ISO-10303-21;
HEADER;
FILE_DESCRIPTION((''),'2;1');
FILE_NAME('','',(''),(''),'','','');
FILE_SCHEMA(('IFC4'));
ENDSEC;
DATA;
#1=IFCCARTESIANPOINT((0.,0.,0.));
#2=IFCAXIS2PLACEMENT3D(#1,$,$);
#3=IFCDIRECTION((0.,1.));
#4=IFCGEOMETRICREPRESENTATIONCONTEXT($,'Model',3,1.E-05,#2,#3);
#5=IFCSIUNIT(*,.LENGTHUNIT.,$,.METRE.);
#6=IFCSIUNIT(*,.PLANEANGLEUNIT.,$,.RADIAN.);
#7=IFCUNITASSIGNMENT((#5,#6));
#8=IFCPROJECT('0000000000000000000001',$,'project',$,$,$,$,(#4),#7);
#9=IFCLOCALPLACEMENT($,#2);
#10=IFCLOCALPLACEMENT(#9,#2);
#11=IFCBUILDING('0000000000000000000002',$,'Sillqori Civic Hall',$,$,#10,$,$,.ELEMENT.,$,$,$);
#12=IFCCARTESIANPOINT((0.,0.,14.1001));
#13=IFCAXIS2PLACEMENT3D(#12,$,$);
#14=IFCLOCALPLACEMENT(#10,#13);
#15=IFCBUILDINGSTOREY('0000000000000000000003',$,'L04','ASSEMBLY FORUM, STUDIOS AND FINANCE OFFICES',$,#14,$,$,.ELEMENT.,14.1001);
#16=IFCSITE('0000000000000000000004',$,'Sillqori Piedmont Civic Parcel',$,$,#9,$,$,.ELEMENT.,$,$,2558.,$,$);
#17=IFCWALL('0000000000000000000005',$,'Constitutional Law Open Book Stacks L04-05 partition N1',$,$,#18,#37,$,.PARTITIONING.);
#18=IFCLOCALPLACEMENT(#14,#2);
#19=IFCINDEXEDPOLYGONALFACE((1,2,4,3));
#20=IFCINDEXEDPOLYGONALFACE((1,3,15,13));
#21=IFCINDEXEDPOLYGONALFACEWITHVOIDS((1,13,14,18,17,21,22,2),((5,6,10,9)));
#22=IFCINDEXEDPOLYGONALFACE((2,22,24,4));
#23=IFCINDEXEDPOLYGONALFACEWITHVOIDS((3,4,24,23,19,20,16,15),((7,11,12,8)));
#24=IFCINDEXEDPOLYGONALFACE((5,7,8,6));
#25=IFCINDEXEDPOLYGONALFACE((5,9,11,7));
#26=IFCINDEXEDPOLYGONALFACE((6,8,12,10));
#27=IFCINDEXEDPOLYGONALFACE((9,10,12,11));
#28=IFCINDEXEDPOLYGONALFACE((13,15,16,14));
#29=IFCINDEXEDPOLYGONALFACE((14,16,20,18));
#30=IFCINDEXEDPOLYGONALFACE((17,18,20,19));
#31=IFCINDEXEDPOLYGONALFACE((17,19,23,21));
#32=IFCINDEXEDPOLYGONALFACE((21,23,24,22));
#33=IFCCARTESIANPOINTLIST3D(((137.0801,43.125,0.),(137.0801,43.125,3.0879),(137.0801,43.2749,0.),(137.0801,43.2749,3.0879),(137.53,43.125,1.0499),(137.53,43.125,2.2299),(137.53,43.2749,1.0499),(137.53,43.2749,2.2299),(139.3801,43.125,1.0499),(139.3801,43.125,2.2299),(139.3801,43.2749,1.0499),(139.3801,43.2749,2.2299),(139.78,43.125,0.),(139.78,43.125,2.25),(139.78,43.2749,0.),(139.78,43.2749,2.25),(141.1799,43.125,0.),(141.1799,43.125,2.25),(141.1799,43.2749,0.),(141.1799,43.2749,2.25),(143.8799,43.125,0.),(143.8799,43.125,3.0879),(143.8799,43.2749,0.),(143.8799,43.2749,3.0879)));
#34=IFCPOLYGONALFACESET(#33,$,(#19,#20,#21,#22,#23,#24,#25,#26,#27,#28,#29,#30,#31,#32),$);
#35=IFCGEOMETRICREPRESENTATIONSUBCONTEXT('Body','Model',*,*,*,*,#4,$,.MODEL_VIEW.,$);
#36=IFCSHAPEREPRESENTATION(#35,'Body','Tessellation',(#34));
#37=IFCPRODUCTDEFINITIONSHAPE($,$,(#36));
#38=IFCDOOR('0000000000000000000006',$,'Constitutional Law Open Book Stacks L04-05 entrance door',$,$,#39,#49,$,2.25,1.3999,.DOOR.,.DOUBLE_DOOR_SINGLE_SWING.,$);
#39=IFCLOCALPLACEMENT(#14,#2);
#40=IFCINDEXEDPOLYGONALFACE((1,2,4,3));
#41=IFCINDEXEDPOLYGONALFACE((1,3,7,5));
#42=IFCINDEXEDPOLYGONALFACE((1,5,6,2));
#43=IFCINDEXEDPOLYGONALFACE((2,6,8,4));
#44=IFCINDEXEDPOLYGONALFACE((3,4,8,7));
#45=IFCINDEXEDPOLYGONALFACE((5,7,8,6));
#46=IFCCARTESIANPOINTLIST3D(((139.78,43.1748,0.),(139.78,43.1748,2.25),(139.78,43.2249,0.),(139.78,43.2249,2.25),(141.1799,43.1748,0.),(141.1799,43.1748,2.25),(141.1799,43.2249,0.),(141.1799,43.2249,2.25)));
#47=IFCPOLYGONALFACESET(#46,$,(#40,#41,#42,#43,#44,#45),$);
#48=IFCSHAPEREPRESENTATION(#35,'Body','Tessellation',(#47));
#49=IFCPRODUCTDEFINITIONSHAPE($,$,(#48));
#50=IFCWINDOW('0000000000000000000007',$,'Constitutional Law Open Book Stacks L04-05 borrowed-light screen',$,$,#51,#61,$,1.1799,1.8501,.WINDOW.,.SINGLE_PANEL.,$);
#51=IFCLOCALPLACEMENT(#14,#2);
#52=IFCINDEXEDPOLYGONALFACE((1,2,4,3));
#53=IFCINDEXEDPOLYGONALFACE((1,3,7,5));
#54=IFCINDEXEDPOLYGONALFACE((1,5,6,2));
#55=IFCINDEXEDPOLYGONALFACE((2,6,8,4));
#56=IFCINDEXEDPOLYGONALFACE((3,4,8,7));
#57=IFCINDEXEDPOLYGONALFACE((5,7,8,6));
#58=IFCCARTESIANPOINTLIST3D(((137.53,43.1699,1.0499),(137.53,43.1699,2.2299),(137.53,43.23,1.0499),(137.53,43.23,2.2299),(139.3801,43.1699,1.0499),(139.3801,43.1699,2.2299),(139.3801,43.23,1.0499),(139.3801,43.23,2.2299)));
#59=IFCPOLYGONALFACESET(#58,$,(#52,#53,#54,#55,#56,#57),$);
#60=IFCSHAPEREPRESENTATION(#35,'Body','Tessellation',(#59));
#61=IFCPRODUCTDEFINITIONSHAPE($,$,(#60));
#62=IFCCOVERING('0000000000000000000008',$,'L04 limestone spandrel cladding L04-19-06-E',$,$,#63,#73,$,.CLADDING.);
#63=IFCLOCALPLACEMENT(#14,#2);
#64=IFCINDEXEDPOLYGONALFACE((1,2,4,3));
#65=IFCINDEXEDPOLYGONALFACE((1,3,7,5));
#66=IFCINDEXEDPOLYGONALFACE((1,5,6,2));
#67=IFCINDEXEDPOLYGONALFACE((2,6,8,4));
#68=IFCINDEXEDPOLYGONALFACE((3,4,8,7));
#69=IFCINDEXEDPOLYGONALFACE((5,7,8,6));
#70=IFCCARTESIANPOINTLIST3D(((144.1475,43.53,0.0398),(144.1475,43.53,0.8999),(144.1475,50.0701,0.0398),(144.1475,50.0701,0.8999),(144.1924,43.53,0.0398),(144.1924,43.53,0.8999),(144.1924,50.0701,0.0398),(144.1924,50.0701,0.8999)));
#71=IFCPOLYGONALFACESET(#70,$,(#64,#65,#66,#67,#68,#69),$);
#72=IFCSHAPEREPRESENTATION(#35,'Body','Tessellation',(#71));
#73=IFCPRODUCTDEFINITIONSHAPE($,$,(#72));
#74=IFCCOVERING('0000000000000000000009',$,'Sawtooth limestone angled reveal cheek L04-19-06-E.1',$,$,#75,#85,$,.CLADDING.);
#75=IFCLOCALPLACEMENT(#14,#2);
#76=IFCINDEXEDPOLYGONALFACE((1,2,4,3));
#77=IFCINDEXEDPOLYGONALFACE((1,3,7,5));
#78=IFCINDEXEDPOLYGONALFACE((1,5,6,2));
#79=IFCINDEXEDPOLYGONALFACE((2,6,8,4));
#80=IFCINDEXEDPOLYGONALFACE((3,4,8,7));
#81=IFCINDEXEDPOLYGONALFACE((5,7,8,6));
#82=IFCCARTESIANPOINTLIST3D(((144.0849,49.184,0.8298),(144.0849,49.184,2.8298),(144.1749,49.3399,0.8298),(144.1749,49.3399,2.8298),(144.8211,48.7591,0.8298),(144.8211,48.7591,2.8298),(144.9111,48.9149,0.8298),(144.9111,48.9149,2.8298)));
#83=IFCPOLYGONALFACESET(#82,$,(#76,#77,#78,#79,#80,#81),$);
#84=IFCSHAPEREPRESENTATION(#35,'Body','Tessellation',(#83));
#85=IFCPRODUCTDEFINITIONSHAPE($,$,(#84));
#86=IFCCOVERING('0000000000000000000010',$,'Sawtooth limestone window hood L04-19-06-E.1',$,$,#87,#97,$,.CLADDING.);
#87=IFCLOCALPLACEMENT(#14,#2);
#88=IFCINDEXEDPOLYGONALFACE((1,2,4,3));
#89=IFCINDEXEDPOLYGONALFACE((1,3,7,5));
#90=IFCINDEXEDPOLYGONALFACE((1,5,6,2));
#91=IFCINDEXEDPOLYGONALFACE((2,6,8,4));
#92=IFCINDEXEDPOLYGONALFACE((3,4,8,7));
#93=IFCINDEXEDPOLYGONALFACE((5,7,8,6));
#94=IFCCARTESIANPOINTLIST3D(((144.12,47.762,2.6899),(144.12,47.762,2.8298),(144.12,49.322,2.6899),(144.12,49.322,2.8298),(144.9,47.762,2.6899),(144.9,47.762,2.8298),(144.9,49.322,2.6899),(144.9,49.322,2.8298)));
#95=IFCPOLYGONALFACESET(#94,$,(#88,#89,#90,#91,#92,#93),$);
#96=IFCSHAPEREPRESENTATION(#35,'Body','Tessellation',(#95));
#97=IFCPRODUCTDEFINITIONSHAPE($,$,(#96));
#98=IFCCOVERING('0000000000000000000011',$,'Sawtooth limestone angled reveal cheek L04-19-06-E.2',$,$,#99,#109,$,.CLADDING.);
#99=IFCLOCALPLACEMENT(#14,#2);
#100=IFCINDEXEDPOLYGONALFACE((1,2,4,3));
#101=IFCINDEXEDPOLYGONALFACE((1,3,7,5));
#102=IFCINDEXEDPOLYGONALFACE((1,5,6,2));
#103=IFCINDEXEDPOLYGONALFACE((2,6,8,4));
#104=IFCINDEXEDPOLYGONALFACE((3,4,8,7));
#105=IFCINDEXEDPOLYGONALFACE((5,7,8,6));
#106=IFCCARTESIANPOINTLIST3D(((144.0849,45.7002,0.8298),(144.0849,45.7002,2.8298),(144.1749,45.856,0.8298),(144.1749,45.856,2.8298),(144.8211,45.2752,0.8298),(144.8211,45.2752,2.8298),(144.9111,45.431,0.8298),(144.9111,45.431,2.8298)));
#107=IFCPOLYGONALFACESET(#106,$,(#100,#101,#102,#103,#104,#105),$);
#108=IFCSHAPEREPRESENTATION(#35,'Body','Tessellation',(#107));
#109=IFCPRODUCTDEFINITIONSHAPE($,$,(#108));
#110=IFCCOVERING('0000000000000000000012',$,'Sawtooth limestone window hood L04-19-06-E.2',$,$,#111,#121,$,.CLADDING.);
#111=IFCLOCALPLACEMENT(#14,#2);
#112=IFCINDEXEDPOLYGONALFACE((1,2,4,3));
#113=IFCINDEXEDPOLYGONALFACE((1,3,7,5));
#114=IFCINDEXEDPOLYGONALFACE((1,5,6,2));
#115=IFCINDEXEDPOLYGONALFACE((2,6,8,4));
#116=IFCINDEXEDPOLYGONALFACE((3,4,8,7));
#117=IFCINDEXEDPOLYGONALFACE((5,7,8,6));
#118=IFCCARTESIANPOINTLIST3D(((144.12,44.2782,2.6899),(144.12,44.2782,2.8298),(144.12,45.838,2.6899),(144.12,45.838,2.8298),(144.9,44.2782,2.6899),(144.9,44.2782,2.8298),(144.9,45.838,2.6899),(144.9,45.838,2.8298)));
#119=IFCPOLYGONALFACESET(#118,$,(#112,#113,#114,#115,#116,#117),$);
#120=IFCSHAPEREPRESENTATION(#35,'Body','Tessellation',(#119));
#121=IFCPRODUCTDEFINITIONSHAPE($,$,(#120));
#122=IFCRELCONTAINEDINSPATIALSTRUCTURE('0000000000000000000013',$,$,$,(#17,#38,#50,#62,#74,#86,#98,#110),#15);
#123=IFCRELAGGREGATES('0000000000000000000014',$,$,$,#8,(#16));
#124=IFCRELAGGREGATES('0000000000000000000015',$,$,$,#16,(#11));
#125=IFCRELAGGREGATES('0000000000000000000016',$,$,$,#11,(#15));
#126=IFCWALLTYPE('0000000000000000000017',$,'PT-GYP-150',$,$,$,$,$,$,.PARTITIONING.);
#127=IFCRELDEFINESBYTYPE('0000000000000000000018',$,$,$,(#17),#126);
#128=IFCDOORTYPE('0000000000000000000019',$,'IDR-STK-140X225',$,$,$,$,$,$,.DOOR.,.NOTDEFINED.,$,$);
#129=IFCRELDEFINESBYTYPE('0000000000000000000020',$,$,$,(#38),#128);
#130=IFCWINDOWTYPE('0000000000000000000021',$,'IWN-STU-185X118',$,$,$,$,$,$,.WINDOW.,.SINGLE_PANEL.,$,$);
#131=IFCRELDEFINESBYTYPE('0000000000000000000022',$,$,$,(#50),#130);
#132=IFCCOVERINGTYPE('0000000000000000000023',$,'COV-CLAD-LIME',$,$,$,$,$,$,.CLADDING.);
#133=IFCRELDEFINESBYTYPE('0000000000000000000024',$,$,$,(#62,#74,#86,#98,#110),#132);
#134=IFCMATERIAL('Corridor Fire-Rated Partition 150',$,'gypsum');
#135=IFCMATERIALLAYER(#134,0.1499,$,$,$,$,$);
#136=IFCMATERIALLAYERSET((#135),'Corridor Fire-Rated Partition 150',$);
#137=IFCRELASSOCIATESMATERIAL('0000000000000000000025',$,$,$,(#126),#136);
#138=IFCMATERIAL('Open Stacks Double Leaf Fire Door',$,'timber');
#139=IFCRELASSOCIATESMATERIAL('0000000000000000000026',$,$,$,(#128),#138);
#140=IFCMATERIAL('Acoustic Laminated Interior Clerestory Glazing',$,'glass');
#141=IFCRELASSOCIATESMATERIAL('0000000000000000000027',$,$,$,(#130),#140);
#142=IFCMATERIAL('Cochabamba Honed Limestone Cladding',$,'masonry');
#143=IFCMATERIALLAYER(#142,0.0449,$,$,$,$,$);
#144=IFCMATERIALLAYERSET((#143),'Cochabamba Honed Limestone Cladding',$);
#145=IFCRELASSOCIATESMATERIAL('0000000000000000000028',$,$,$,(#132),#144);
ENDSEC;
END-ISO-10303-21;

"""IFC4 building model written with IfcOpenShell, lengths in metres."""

from ifc_helpers import new_model, si_unit, direction, frame, frame_2d, origin, place, context, subcontext, project, spatial, rectangle, extrude, material, layer, layer_set, type_object, element, fill, save


model = new_model("IFC4")

# Units and contexts
model_context = context("Model", 3, precision=1e-05, world=origin(), true_north=direction((0.0, 1.0)))
body_context = subcontext(model_context, "Body", "Model", "MODEL_VIEW")
ifc_project = project(units=[si_unit("LENGTHUNIT", "METRE"), si_unit("PLANEANGLEUNIT", "RADIAN")], contexts=[model_context])

# Site, building, storey
site_placement = place(None, origin())
site = spatial("IfcSite", under=ifc_project, at=site_placement, Name="Sillqori Piedmont Civic Parcel", CompositionType="ELEMENT", RefElevation=2558.0)
building_placement = place(site_placement, origin())
building = spatial("IfcBuilding", under=site, at=building_placement, Name="Sillqori Civic Hall", CompositionType="ELEMENT")
storey_placement = place(building_placement, frame((0.0, 0.0, 14.1001)))
storey = spatial("IfcBuildingStorey", under=building, at=storey_placement, Name="L04", Description="ASSEMBLY FORUM, STUDIOS AND FINANCE OFFICES", CompositionType="ELEMENT", Elevation=14.1001)

# Wall, openings, door, window
ifc_material_1 = material(Name="Corridor Fire-Rated Partition 150", Category="gypsum")
ifc_layer_1 = layer(ifc_material_1, 0.1499)
ifc_layer_set_1 = layer_set([ifc_layer_1], Name="Corridor Fire-Rated Partition 150")
wall_type_1 = type_object("IfcWallType", Name="PT-GYP-150", PredefinedType="PARTITIONING", material=ifc_layer_set_1)
wall_1_placement = place(storey_placement, frame((137.0801, 43.2, 0.0), z_axis=(0.0, 0.0, 1.0), x_axis=(1.0, 0.0, 0.0)))
wall_1 = element("IfcWall", 1, at=wall_1_placement, inside=storey, type_object=wall_type_1, Name="Constitutional Law Open Book Stacks L04-05 partition N1", PredefinedType="PARTITIONING", context=body_context, shape_type="SweptSolid", body=[
    extrude(rectangle(XDim=6.7998, YDim=0.1499, at=frame_2d((3.3999, 0.0))), origin(), (0.0, 0.0, 1.0), 3.0879),
])
opening_1_placement = place(wall_1_placement, frame((2.7, 0.0, 0.0)))
opening_1 = element("IfcOpeningElement", 2, at=opening_1_placement, cuts=wall_1, PredefinedType="OPENING", context=body_context, shape_type="SweptSolid", body=[
    extrude(rectangle(XDim=1.3999, YDim=2.25, at=frame_2d((0.7, 1.125))), frame((0.0, 0.085, 0.0), z_axis=(0.0, -1.0, 0.0), x_axis=(1.0, 0.0, 0.0)), (0.0, 0.0, 1.0), 0.1699),
])
opening_2_placement = place(wall_1_placement, frame((0.45, 0.0, 1.05)))
opening_2 = element("IfcOpeningElement", 3, at=opening_2_placement, cuts=wall_1, PredefinedType="OPENING", context=body_context, shape_type="SweptSolid", body=[
    extrude(rectangle(XDim=1.8501, YDim=1.1799, at=frame_2d((0.925, 0.5898))), frame((0.0, 0.085, 0.0), z_axis=(0.0, -1.0, 0.0), x_axis=(1.0, 0.0, 0.0)), (0.0, 0.0, 1.0), 0.1699),
])
ifc_material_2 = material(Name="Open Stacks Double Leaf Fire Door", Category="timber")
door_type = type_object("IfcDoorType", Name="IDR-STK-140X225", OperationType="NOTDEFINED", PredefinedType="DOOR", material=ifc_material_2)
door_placement = place(opening_1_placement, origin())
door = element("IfcDoor", 4, at=door_placement, inside=storey, type_object=door_type, Name="Constitutional Law Open Book Stacks L04-05 entrance door", OperationType="DOUBLE_DOOR_SINGLE_SWING", OverallHeight=2.25, OverallWidth=1.3999, PredefinedType="DOOR", context=body_context, shape_type="SweptSolid", body=[
    extrude(rectangle(XDim=1.3999, YDim=2.25, at=frame_2d((0.7, 1.125))), frame((0.0, 0.0249, 0.0), z_axis=(0.0, -1.0, 0.0), x_axis=(1.0, 0.0, 0.0)), (0.0, 0.0, 1.0), 0.05),
])
fill(opening_1, door)
ifc_material_3 = material(Name="Acoustic Laminated Interior Clerestory Glazing", Category="glass")
window_type_1 = type_object("IfcWindowType", Name="IWN-STU-185X118", PartitioningType="SINGLE_PANEL", PredefinedType="WINDOW", material=ifc_material_3)
window_1_placement = place(opening_2_placement, origin())
window_1 = element("IfcWindow", 5, at=window_1_placement, inside=storey, type_object=window_type_1, Name="Constitutional Law Open Book Stacks L04-05 borrowed-light screen", OverallHeight=1.1799, OverallWidth=1.8501, PartitioningType="SINGLE_PANEL", PredefinedType="WINDOW", context=body_context, shape_type="SweptSolid", body=[
    extrude(rectangle(XDim=1.8501, YDim=1.1799, at=frame_2d((0.925, 0.5898))), frame((0.0, 0.03, 0.0), z_axis=(0.0, -1.0, 0.0), x_axis=(1.0, 0.0, 0.0)), (0.0, 0.0, 1.0), 0.0601),
])
fill(opening_2, window_1)

# Coverings
ifc_material_4 = material(Name="Cochabamba Honed Limestone Cladding", Category="masonry")
ifc_layer_2 = layer(ifc_material_4, 0.0449)
ifc_layer_set_2 = layer_set([ifc_layer_2], Name="Cochabamba Honed Limestone Cladding")
covering_type = type_object("IfcCoveringType", Name="COV-CLAD-LIME", PredefinedType="CLADDING", material=ifc_layer_set_2)
covering_1_placement = place(storey_placement, frame((144.1699, 50.0701, 0.0398), z_axis=(0.0, 0.0, 1.0), x_axis=(0.0, -1.0, 0.0)))
element("IfcCovering", 6, at=covering_1_placement, inside=storey, type_object=covering_type, Name="L04 limestone spandrel cladding L04-19-06-E", PredefinedType="CLADDING", context=body_context, shape_type="SweptSolid", body=[
    extrude(rectangle(XDim=6.54, YDim=0.0449, at=frame_2d((3.27, 0.0))), origin(), (0.0, 0.0, 1.0), 0.8601),
])
covering_2_placement = place(storey_placement, frame((144.1299, 49.262, 0.8298), z_axis=(0.0, 0.0, 1.0), x_axis=(0.866061, -0.499938, 0.0)))
element("IfcCovering", 7, at=covering_2_placement, inside=storey, type_object=covering_type, Name="Sawtooth limestone angled reveal cheek L04-19-06-E.1", PredefinedType="CLADDING", context=body_context, shape_type="SweptSolid", body=[
    extrude(rectangle(XDim=0.8501, YDim=0.1799, at=frame_2d((0.425, 0.0))), origin(), (0.0, 0.0, 1.0), 2.0),
])
covering_3_placement = place(storey_placement, frame((144.51, 49.322, 2.6899), z_axis=(0.0, 0.0, 1.0), x_axis=(0.0, -1.0, 0.0)))
element("IfcCovering", 8, at=covering_3_placement, inside=storey, type_object=covering_type, Name="Sawtooth limestone window hood L04-19-06-E.1", PredefinedType="CLADDING", context=body_context, shape_type="SweptSolid", body=[
    extrude(rectangle(XDim=1.5601, YDim=0.78, at=frame_2d((0.78, 0.0))), origin(), (0.0, 0.0, 1.0), 0.1399),
])
covering_4_placement = place(storey_placement, frame((144.1299, 45.7781, 0.8298), z_axis=(0.0, 0.0, 1.0), x_axis=(0.866061, -0.499938, 0.0)))
element("IfcCovering", 9, at=covering_4_placement, inside=storey, type_object=covering_type, Name="Sawtooth limestone angled reveal cheek L04-19-06-E.2", PredefinedType="CLADDING", context=body_context, shape_type="SweptSolid", body=[
    extrude(rectangle(XDim=0.8501, YDim=0.1799, at=frame_2d((0.425, 0.0))), origin(), (0.0, 0.0, 1.0), 2.0),
])
covering_5_placement = place(storey_placement, frame((144.51, 45.8379, 2.6899), z_axis=(0.0, 0.0, 1.0), x_axis=(0.0, -1.0, 0.0)))
element("IfcCovering", 10, at=covering_5_placement, inside=storey, type_object=covering_type, Name="Sawtooth limestone window hood L04-19-06-E.2", PredefinedType="CLADDING", context=body_context, shape_type="SweptSolid", body=[
    extrude(rectangle(XDim=1.5598, YDim=0.78, at=frame_2d((0.7798, 0.0))), origin(), (0.0, 0.0, 1.0), 0.1399),
])

save(model, "model.ifc")
